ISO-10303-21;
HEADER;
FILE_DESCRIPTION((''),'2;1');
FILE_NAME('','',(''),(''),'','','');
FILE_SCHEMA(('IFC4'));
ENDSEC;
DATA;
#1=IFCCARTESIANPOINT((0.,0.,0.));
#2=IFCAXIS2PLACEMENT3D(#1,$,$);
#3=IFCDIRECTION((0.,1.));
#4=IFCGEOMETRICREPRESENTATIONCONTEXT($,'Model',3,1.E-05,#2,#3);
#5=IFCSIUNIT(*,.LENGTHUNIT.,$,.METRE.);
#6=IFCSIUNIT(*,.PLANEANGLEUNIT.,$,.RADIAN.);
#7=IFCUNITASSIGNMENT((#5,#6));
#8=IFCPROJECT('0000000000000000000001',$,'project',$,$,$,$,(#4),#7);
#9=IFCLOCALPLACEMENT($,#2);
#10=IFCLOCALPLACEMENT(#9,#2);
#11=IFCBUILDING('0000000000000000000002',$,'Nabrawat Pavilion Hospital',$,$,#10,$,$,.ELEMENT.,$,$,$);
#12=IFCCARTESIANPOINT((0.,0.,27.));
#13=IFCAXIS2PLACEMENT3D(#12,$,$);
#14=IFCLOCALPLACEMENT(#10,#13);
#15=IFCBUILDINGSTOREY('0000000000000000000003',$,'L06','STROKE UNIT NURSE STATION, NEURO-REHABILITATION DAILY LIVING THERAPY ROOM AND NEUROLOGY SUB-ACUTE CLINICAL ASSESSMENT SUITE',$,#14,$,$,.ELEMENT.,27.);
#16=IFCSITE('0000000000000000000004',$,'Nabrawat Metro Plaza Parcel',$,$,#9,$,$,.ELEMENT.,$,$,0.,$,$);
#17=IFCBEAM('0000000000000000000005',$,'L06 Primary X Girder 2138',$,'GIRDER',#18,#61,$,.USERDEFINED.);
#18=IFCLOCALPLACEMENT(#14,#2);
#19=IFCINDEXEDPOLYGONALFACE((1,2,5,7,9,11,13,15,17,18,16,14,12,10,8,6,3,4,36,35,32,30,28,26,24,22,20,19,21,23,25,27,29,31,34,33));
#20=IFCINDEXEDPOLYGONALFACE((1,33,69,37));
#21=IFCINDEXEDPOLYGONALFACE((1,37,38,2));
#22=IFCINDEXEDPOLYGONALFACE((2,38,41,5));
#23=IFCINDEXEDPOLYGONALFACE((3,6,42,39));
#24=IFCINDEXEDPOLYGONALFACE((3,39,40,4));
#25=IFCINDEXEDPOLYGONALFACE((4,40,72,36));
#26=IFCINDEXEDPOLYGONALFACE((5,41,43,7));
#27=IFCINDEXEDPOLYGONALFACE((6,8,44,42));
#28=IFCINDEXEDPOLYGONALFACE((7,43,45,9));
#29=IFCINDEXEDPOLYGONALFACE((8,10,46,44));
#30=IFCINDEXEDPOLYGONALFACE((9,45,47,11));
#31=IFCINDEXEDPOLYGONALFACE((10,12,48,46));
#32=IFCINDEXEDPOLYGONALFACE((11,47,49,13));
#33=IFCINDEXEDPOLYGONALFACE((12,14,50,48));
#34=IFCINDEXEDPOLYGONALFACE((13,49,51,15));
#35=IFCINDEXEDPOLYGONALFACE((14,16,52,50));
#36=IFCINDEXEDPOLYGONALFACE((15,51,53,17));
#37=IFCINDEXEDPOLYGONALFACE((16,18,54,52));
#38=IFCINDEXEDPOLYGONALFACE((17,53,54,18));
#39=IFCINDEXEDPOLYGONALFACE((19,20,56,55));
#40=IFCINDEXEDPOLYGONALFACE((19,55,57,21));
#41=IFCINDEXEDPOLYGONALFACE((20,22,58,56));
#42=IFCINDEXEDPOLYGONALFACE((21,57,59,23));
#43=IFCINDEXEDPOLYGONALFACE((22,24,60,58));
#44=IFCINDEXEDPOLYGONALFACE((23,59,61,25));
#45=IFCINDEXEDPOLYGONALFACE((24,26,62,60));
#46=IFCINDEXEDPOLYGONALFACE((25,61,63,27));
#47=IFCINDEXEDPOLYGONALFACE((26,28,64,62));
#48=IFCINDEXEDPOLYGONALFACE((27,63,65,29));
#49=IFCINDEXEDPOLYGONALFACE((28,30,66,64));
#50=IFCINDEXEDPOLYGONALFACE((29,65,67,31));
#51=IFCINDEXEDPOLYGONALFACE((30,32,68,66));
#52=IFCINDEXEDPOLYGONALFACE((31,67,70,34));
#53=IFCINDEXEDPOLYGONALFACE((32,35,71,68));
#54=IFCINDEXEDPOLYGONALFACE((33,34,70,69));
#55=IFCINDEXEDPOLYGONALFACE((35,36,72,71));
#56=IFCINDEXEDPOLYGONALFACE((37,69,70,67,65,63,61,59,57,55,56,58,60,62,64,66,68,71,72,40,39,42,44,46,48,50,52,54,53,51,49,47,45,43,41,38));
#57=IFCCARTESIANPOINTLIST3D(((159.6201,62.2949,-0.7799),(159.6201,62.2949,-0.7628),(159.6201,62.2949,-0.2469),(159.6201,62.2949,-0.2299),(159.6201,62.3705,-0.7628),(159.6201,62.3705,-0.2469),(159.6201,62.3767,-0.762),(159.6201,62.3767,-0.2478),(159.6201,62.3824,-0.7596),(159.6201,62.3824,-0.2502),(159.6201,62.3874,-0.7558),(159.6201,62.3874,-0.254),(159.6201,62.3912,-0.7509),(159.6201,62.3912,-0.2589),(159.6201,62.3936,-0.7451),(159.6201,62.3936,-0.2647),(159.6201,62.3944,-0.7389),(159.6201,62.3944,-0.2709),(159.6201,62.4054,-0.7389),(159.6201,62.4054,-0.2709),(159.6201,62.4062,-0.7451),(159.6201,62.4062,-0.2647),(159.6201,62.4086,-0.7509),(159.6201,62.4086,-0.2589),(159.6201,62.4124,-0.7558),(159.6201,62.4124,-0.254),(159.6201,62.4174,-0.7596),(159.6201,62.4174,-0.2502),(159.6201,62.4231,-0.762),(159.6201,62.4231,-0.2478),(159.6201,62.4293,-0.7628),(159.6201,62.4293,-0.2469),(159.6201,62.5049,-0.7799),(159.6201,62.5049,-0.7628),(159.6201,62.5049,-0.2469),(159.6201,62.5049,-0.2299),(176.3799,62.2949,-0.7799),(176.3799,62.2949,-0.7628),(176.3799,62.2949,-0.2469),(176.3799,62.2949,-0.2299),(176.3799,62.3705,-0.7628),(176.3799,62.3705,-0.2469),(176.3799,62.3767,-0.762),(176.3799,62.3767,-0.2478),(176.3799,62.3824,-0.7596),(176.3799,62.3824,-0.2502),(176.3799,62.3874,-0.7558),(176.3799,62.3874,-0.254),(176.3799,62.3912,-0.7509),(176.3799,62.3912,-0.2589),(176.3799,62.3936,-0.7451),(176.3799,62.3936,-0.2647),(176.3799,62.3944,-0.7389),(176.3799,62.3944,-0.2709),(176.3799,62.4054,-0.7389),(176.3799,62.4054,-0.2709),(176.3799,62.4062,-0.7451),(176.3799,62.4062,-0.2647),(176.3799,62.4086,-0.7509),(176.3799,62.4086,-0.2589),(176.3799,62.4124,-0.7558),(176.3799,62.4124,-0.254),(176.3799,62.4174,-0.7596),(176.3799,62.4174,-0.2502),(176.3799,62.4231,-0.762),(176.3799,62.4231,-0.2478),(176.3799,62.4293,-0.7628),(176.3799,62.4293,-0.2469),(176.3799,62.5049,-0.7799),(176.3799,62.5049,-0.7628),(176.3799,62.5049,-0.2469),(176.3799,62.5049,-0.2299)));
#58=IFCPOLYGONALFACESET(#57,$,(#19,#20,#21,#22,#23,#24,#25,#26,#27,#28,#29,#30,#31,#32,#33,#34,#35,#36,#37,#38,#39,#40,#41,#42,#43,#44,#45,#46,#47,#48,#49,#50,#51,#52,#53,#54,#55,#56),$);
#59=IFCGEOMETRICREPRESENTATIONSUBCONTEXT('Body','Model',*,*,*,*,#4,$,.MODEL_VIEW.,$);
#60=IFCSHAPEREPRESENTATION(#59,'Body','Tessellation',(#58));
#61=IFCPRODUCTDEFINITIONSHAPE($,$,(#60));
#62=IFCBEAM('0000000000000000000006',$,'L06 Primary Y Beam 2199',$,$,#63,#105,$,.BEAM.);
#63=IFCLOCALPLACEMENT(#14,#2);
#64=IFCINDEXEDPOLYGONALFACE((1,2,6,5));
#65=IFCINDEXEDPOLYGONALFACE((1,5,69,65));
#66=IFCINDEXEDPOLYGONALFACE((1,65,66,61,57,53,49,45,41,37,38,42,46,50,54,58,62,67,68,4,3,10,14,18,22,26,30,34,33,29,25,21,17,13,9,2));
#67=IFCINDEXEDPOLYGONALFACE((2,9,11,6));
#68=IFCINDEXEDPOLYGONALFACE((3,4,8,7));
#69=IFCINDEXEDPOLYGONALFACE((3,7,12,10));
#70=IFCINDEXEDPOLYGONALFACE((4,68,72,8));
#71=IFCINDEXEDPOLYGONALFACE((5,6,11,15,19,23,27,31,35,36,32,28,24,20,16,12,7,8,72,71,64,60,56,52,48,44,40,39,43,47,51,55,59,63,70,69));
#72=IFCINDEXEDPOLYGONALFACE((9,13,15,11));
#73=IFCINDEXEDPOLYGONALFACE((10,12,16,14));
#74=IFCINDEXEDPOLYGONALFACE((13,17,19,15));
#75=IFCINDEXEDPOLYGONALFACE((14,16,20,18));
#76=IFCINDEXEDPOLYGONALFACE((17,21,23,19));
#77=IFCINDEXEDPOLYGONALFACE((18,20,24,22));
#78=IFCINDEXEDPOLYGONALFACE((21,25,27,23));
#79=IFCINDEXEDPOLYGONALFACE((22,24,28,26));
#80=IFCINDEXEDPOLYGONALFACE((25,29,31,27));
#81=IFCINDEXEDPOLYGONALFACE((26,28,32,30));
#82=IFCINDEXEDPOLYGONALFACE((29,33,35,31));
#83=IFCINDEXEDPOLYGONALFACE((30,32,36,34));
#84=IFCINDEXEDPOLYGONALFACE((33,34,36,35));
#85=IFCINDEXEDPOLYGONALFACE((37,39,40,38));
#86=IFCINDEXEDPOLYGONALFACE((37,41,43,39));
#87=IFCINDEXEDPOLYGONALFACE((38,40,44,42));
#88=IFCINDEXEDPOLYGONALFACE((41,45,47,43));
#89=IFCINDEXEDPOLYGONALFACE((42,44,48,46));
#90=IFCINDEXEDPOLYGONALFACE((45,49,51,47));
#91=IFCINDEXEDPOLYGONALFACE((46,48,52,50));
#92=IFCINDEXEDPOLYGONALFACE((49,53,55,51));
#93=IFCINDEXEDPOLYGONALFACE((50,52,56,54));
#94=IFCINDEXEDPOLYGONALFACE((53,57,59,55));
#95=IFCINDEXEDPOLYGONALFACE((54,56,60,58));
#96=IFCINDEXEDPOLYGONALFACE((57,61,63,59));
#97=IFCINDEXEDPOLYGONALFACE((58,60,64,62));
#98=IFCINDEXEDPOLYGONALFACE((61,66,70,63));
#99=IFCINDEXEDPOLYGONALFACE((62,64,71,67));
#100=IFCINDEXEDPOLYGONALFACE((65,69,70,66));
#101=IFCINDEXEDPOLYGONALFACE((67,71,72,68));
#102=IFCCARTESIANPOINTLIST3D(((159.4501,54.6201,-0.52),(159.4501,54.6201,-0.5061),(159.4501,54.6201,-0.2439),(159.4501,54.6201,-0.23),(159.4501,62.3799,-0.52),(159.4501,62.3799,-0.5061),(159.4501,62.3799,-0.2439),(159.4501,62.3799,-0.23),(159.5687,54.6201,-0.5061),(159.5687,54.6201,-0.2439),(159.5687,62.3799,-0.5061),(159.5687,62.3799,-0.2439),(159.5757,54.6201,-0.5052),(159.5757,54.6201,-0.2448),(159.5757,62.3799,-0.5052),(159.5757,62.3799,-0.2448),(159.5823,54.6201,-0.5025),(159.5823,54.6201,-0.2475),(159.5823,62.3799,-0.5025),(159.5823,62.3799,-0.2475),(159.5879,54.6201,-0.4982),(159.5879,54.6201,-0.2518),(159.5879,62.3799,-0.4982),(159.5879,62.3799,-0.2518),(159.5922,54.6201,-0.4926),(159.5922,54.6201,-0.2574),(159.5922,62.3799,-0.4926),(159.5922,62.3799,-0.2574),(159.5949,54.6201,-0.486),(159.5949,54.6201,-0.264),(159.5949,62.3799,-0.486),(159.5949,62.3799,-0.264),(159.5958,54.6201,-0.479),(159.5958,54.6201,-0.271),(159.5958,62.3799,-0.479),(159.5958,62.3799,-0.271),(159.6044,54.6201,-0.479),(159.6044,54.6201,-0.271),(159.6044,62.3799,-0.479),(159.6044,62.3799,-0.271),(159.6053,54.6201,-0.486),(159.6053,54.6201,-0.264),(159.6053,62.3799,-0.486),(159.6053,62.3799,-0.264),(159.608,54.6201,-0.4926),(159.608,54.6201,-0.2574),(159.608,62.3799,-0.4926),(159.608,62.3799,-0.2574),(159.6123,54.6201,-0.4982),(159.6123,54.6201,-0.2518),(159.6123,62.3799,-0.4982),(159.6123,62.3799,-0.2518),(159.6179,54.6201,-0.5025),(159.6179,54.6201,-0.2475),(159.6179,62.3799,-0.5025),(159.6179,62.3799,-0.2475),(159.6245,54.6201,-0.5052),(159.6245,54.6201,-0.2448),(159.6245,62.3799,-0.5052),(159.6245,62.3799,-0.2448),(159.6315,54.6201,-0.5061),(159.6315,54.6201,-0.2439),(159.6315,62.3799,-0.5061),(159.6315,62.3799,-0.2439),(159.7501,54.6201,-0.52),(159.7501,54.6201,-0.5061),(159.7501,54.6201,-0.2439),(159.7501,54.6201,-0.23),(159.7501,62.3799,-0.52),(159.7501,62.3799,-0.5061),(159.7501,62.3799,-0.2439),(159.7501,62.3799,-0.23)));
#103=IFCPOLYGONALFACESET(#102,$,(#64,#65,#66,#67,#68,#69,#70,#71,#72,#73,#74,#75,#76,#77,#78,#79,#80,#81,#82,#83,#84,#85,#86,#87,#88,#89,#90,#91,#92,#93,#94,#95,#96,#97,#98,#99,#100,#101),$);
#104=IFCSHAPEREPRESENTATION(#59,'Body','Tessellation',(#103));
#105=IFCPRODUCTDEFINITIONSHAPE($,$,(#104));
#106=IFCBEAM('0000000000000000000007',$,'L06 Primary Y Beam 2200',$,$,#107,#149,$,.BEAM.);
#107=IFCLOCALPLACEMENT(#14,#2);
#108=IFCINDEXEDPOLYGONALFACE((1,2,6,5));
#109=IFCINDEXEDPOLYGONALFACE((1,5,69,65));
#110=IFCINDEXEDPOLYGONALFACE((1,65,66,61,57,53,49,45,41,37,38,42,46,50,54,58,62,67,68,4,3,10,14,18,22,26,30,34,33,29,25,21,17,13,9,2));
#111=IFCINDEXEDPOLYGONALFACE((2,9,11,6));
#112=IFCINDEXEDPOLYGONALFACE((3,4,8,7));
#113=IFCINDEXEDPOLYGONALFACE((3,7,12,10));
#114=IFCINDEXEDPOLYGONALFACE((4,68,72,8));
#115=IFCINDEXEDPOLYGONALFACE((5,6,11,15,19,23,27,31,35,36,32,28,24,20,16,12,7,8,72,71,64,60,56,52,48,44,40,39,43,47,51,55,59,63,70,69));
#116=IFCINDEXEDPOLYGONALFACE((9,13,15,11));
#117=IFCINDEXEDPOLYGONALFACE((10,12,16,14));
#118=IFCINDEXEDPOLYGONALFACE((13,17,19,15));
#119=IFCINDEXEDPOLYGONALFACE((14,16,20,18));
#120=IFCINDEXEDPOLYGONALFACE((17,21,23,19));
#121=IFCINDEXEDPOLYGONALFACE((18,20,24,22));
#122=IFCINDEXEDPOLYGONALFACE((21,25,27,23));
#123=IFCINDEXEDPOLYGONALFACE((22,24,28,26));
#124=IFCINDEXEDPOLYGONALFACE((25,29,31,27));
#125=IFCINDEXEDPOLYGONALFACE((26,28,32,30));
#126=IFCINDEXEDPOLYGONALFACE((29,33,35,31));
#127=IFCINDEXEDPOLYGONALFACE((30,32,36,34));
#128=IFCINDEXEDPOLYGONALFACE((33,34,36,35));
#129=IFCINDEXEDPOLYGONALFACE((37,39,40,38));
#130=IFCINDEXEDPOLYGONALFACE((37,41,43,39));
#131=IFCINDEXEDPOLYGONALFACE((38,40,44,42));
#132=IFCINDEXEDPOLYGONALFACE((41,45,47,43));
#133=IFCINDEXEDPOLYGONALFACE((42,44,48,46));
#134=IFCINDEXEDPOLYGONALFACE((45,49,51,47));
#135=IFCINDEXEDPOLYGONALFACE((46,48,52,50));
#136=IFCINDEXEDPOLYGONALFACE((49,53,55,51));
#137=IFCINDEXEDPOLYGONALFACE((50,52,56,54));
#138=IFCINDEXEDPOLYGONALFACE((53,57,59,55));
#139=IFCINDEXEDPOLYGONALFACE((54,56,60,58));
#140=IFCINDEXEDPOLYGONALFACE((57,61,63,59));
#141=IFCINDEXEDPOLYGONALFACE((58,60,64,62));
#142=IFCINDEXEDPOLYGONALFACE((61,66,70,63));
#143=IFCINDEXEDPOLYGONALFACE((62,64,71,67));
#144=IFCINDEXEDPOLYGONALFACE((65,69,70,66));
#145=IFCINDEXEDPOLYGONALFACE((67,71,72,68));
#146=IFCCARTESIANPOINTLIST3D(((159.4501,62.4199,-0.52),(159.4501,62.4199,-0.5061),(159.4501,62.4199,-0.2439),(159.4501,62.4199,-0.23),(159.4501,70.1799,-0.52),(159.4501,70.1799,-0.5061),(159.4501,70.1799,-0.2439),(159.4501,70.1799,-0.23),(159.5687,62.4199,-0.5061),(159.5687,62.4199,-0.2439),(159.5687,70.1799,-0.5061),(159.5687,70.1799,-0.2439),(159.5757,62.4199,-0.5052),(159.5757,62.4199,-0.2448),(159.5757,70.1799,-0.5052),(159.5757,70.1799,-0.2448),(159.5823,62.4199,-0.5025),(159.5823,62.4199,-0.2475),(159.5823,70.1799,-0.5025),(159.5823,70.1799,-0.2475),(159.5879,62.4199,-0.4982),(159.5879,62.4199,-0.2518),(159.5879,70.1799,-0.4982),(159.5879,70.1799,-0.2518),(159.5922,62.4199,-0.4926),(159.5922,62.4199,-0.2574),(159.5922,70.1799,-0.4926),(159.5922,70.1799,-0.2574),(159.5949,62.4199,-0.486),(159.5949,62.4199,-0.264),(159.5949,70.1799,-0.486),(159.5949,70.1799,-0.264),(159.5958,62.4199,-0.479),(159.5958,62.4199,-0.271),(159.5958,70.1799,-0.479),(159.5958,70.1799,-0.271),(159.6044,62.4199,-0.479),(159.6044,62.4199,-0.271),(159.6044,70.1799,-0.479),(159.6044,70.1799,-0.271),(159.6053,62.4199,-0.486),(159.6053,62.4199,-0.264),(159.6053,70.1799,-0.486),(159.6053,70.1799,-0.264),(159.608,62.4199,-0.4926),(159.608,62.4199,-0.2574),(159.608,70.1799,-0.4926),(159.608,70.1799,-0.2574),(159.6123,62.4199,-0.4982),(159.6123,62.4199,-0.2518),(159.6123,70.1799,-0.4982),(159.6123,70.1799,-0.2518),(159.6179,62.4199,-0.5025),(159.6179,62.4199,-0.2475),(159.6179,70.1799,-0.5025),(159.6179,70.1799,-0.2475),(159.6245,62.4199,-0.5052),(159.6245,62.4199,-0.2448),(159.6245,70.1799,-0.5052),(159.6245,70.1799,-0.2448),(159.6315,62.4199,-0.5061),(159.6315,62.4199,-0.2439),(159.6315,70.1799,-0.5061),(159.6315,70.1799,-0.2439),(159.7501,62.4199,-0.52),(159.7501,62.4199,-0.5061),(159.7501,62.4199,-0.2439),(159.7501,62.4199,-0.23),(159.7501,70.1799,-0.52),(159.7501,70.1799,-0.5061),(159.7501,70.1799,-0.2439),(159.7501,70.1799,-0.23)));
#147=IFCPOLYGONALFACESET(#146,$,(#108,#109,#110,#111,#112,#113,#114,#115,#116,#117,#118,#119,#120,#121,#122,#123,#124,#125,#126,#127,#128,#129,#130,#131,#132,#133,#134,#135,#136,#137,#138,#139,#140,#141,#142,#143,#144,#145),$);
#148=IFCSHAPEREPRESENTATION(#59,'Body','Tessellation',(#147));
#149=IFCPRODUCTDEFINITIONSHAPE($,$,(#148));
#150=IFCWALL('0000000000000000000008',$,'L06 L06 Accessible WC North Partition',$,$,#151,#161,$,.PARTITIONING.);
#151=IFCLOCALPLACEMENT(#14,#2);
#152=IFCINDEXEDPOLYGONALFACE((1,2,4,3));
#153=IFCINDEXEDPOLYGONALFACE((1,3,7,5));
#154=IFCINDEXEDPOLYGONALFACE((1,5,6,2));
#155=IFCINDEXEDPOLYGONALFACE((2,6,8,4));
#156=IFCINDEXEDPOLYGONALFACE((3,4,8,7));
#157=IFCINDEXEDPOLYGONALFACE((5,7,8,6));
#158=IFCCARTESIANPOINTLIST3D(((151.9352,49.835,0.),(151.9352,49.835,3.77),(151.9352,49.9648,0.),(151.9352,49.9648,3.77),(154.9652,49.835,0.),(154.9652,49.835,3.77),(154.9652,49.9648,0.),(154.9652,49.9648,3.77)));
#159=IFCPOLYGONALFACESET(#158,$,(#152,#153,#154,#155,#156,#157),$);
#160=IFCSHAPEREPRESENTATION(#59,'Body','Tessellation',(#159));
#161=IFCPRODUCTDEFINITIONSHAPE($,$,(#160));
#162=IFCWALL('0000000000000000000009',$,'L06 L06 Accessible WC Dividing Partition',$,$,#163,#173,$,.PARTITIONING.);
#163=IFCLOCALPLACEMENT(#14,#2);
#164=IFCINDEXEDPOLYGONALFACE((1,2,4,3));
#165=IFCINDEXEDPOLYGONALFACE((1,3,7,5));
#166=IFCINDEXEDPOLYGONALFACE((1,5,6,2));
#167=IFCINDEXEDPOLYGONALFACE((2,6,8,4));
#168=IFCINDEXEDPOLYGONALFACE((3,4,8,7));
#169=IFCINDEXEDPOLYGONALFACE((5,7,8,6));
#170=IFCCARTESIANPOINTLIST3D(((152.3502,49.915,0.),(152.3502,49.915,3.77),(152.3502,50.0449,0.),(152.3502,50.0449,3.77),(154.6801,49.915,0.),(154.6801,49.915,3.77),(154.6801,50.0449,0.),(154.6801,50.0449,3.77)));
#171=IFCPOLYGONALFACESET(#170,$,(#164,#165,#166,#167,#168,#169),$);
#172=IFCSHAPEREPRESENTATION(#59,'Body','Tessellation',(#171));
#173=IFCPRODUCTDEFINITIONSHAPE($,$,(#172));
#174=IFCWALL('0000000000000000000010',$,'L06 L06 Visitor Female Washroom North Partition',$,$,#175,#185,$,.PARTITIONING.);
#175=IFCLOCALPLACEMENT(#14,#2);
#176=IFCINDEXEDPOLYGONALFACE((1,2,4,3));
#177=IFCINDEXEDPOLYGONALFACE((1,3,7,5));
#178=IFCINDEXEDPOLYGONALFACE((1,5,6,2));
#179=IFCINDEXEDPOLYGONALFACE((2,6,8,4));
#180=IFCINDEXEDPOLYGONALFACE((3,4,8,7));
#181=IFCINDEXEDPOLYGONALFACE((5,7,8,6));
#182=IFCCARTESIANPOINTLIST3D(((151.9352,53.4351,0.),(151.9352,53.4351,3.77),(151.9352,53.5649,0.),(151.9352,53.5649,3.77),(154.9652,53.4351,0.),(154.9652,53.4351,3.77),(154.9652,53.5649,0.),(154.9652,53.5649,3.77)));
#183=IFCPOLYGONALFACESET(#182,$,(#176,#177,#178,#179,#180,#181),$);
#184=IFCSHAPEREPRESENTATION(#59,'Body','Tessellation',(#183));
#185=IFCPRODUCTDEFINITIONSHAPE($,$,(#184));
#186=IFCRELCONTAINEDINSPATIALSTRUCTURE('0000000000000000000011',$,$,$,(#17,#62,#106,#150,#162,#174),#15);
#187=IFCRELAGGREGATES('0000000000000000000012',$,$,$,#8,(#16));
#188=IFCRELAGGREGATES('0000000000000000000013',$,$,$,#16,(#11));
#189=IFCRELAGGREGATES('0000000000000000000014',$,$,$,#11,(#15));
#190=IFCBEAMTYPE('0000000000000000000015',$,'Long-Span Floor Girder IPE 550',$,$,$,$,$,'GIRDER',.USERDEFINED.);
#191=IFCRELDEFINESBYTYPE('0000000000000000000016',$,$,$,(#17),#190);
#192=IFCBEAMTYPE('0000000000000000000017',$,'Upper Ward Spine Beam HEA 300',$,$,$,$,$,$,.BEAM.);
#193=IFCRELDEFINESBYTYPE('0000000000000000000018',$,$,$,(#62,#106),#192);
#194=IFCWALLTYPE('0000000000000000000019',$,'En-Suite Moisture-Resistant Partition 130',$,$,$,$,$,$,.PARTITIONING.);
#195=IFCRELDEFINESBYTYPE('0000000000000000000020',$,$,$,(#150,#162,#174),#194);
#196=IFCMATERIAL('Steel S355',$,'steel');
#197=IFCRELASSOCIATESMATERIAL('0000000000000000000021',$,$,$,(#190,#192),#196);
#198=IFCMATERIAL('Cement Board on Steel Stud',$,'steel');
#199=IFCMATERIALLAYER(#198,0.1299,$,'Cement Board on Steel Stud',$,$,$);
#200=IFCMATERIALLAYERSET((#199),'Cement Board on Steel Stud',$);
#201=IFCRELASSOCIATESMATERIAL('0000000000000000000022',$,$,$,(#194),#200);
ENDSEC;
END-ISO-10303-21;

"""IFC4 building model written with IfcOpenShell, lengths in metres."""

from ifc_helpers import new_model, si_unit, direction, frame, frame_2d, origin, origin_2d, place, context, subcontext, project, spatial, rectangle, i_section, extrude, material, layer, layer_set, material_profile, profile_set, type_object, element, save


model = new_model("IFC4")

# Units and contexts
model_context = context("Model", 3, precision=1e-05, world=origin(), true_north=direction((0.0, 1.0)))
body_context = subcontext(model_context, "Body", "Model", "MODEL_VIEW")
ifc_project = project(units=[si_unit("LENGTHUNIT", "METRE"), si_unit("PLANEANGLEUNIT", "RADIAN")], contexts=[model_context])

# Site, building, storey
site_placement = place(None, origin())
site = spatial("IfcSite", under=ifc_project, at=site_placement, Name="Nabrawat Metro Plaza Parcel", CompositionType="ELEMENT", RefElevation=0.0)
building_placement = place(site_placement, origin())
building = spatial("IfcBuilding", under=site, at=building_placement, Name="Nabrawat Pavilion Hospital", CompositionType="ELEMENT")
storey_placement = place(building_placement, frame((0.0, 0.0, 27.0)))
storey = spatial("IfcBuildingStorey", under=building, at=storey_placement, Name="L06", Description="STROKE UNIT NURSE STATION, NEURO-REHABILITATION DAILY LIVING THERAPY ROOM AND NEUROLOGY SUB-ACUTE CLINICAL ASSESSMENT SUITE", CompositionType="ELEMENT", Elevation=27.0)

# Beams
ifc_material_1 = material(Name="Steel S355", Category="steel")
ifc_material_profile_1 = material_profile(ifc_material_1, i_section(OverallWidth=0.21, OverallDepth=0.55, WebThickness=0.011, FlangeThickness=0.0171, FilletRadius=0.0239, at=origin_2d()), Name="IPE 550")
ifc_profile_set_1 = profile_set([ifc_material_profile_1], Name="Steel S355")
beam_type_1 = type_object("IfcBeamType", Name="Long-Span Floor Girder IPE 550", ElementType="GIRDER", PredefinedType="USERDEFINED", material=ifc_profile_set_1)
beam_1_placement = place(storey_placement, frame((159.6201, 62.3999, -0.5049), z_axis=(1.0, 0.0, 0.0), x_axis=(0.0, 1.0, 0.0)))
element("IfcBeam", 1, at=beam_1_placement, inside=storey, type_object=beam_type_1, Name="L06 Primary X Girder 2138", ObjectType="GIRDER", PredefinedType="USERDEFINED", context=body_context, shape_type="SweptSolid", body=[
    extrude(i_section(OverallWidth=0.21, OverallDepth=0.55, WebThickness=0.011, FlangeThickness=0.0171, FilletRadius=0.0239, at=origin_2d()), origin(), (0.0, 0.0, 1.0), 16.7598),
])
ifc_material_profile_2 = material_profile(ifc_material_1, i_section(OverallWidth=0.3, OverallDepth=0.29, WebThickness=0.0085, FlangeThickness=0.0139, FilletRadius=0.0271, at=origin_2d()), Name="HEA 300")
ifc_profile_set_2 = profile_set([ifc_material_profile_2], Name="Steel S355")
beam_type_2 = type_object("IfcBeamType", Name="Upper Ward Spine Beam HEA 300", PredefinedType="BEAM", material=ifc_profile_set_2)
beam_2_placement = place(storey_placement, frame((159.6001, 54.6201, -0.375), z_axis=(0.0, 1.0, 0.0), x_axis=(-1.0, 0.0, 0.0)))
element("IfcBeam", 2, at=beam_2_placement, inside=storey, type_object=beam_type_2, Name="L06 Primary Y Beam 2199", PredefinedType="BEAM", context=body_context, shape_type="SweptSolid", body=[
    extrude(i_section(OverallWidth=0.3, OverallDepth=0.29, WebThickness=0.0085, FlangeThickness=0.0139, FilletRadius=0.0271, at=origin_2d()), origin(), (0.0, 0.0, 1.0), 7.7598),
])
beam_3_placement = place(storey_placement, frame((159.6001, 62.4199, -0.375), z_axis=(0.0, 1.0, 0.0), x_axis=(-1.0, 0.0, 0.0)))
element("IfcBeam", 3, at=beam_3_placement, inside=storey, type_object=beam_type_2, Name="L06 Primary Y Beam 2200", PredefinedType="BEAM", context=body_context, shape_type="SweptSolid", body=[
    extrude(i_section(OverallWidth=0.3, OverallDepth=0.29, WebThickness=0.0085, FlangeThickness=0.0139, FilletRadius=0.0271, at=origin_2d()), origin(), (0.0, 0.0, 1.0), 7.76),
])

# Walls
ifc_material_2 = material(Name="Cement Board on Steel Stud", Category="steel")
ifc_layer_1 = layer(ifc_material_2, 0.1299, Name="Cement Board on Steel Stud")
ifc_layer_set_1 = layer_set([ifc_layer_1], Name="Cement Board on Steel Stud")
wall_type_1 = type_object("IfcWallType", Name="En-Suite Moisture-Resistant Partition 130", PredefinedType="PARTITIONING", material=ifc_layer_set_1)
wall_1_placement = place(storey_placement, frame((151.9351, 49.8999, 0.0), z_axis=(0.0, 0.0, 1.0), x_axis=(1.0, 0.0, 0.0)))
element("IfcWall", 4, at=wall_1_placement, inside=storey, type_object=wall_type_1, Name="L06 L06 Accessible WC North Partition", PredefinedType="PARTITIONING", context=body_context, shape_type="SweptSolid", body=[
    extrude(rectangle(XDim=3.03, YDim=0.1299, at=frame_2d((1.5151, 0.0))), origin(), (0.0, 0.0, 1.0), 3.77),
])
wall_2_placement = place(storey_placement, frame((152.3501, 49.98, 0.0), z_axis=(0.0, 0.0, 1.0), x_axis=(1.0, 0.0, 0.0)))
element("IfcWall", 5, at=wall_2_placement, inside=storey, type_object=wall_type_1, Name="L06 L06 Accessible WC Dividing Partition", PredefinedType="PARTITIONING", context=body_context, shape_type="SweptSolid", body=[
    extrude(rectangle(XDim=2.3298, YDim=0.1299, at=frame_2d((1.165, 0.0))), origin(), (0.0, 0.0, 1.0), 3.77),
])
wall_3_placement = place(storey_placement, frame((151.9351, 53.5, 0.0), z_axis=(0.0, 0.0, 1.0), x_axis=(1.0, 0.0, 0.0)))
element("IfcWall", 6, at=wall_3_placement, inside=storey, type_object=wall_type_1, Name="L06 L06 Visitor Female Washroom North Partition", PredefinedType="PARTITIONING", context=body_context, shape_type="SweptSolid", body=[
    extrude(rectangle(XDim=3.03, YDim=0.1299, at=frame_2d((1.5151, 0.0))), origin(), (0.0, 0.0, 1.0), 3.77),
])

save(model, "model.ifc")
